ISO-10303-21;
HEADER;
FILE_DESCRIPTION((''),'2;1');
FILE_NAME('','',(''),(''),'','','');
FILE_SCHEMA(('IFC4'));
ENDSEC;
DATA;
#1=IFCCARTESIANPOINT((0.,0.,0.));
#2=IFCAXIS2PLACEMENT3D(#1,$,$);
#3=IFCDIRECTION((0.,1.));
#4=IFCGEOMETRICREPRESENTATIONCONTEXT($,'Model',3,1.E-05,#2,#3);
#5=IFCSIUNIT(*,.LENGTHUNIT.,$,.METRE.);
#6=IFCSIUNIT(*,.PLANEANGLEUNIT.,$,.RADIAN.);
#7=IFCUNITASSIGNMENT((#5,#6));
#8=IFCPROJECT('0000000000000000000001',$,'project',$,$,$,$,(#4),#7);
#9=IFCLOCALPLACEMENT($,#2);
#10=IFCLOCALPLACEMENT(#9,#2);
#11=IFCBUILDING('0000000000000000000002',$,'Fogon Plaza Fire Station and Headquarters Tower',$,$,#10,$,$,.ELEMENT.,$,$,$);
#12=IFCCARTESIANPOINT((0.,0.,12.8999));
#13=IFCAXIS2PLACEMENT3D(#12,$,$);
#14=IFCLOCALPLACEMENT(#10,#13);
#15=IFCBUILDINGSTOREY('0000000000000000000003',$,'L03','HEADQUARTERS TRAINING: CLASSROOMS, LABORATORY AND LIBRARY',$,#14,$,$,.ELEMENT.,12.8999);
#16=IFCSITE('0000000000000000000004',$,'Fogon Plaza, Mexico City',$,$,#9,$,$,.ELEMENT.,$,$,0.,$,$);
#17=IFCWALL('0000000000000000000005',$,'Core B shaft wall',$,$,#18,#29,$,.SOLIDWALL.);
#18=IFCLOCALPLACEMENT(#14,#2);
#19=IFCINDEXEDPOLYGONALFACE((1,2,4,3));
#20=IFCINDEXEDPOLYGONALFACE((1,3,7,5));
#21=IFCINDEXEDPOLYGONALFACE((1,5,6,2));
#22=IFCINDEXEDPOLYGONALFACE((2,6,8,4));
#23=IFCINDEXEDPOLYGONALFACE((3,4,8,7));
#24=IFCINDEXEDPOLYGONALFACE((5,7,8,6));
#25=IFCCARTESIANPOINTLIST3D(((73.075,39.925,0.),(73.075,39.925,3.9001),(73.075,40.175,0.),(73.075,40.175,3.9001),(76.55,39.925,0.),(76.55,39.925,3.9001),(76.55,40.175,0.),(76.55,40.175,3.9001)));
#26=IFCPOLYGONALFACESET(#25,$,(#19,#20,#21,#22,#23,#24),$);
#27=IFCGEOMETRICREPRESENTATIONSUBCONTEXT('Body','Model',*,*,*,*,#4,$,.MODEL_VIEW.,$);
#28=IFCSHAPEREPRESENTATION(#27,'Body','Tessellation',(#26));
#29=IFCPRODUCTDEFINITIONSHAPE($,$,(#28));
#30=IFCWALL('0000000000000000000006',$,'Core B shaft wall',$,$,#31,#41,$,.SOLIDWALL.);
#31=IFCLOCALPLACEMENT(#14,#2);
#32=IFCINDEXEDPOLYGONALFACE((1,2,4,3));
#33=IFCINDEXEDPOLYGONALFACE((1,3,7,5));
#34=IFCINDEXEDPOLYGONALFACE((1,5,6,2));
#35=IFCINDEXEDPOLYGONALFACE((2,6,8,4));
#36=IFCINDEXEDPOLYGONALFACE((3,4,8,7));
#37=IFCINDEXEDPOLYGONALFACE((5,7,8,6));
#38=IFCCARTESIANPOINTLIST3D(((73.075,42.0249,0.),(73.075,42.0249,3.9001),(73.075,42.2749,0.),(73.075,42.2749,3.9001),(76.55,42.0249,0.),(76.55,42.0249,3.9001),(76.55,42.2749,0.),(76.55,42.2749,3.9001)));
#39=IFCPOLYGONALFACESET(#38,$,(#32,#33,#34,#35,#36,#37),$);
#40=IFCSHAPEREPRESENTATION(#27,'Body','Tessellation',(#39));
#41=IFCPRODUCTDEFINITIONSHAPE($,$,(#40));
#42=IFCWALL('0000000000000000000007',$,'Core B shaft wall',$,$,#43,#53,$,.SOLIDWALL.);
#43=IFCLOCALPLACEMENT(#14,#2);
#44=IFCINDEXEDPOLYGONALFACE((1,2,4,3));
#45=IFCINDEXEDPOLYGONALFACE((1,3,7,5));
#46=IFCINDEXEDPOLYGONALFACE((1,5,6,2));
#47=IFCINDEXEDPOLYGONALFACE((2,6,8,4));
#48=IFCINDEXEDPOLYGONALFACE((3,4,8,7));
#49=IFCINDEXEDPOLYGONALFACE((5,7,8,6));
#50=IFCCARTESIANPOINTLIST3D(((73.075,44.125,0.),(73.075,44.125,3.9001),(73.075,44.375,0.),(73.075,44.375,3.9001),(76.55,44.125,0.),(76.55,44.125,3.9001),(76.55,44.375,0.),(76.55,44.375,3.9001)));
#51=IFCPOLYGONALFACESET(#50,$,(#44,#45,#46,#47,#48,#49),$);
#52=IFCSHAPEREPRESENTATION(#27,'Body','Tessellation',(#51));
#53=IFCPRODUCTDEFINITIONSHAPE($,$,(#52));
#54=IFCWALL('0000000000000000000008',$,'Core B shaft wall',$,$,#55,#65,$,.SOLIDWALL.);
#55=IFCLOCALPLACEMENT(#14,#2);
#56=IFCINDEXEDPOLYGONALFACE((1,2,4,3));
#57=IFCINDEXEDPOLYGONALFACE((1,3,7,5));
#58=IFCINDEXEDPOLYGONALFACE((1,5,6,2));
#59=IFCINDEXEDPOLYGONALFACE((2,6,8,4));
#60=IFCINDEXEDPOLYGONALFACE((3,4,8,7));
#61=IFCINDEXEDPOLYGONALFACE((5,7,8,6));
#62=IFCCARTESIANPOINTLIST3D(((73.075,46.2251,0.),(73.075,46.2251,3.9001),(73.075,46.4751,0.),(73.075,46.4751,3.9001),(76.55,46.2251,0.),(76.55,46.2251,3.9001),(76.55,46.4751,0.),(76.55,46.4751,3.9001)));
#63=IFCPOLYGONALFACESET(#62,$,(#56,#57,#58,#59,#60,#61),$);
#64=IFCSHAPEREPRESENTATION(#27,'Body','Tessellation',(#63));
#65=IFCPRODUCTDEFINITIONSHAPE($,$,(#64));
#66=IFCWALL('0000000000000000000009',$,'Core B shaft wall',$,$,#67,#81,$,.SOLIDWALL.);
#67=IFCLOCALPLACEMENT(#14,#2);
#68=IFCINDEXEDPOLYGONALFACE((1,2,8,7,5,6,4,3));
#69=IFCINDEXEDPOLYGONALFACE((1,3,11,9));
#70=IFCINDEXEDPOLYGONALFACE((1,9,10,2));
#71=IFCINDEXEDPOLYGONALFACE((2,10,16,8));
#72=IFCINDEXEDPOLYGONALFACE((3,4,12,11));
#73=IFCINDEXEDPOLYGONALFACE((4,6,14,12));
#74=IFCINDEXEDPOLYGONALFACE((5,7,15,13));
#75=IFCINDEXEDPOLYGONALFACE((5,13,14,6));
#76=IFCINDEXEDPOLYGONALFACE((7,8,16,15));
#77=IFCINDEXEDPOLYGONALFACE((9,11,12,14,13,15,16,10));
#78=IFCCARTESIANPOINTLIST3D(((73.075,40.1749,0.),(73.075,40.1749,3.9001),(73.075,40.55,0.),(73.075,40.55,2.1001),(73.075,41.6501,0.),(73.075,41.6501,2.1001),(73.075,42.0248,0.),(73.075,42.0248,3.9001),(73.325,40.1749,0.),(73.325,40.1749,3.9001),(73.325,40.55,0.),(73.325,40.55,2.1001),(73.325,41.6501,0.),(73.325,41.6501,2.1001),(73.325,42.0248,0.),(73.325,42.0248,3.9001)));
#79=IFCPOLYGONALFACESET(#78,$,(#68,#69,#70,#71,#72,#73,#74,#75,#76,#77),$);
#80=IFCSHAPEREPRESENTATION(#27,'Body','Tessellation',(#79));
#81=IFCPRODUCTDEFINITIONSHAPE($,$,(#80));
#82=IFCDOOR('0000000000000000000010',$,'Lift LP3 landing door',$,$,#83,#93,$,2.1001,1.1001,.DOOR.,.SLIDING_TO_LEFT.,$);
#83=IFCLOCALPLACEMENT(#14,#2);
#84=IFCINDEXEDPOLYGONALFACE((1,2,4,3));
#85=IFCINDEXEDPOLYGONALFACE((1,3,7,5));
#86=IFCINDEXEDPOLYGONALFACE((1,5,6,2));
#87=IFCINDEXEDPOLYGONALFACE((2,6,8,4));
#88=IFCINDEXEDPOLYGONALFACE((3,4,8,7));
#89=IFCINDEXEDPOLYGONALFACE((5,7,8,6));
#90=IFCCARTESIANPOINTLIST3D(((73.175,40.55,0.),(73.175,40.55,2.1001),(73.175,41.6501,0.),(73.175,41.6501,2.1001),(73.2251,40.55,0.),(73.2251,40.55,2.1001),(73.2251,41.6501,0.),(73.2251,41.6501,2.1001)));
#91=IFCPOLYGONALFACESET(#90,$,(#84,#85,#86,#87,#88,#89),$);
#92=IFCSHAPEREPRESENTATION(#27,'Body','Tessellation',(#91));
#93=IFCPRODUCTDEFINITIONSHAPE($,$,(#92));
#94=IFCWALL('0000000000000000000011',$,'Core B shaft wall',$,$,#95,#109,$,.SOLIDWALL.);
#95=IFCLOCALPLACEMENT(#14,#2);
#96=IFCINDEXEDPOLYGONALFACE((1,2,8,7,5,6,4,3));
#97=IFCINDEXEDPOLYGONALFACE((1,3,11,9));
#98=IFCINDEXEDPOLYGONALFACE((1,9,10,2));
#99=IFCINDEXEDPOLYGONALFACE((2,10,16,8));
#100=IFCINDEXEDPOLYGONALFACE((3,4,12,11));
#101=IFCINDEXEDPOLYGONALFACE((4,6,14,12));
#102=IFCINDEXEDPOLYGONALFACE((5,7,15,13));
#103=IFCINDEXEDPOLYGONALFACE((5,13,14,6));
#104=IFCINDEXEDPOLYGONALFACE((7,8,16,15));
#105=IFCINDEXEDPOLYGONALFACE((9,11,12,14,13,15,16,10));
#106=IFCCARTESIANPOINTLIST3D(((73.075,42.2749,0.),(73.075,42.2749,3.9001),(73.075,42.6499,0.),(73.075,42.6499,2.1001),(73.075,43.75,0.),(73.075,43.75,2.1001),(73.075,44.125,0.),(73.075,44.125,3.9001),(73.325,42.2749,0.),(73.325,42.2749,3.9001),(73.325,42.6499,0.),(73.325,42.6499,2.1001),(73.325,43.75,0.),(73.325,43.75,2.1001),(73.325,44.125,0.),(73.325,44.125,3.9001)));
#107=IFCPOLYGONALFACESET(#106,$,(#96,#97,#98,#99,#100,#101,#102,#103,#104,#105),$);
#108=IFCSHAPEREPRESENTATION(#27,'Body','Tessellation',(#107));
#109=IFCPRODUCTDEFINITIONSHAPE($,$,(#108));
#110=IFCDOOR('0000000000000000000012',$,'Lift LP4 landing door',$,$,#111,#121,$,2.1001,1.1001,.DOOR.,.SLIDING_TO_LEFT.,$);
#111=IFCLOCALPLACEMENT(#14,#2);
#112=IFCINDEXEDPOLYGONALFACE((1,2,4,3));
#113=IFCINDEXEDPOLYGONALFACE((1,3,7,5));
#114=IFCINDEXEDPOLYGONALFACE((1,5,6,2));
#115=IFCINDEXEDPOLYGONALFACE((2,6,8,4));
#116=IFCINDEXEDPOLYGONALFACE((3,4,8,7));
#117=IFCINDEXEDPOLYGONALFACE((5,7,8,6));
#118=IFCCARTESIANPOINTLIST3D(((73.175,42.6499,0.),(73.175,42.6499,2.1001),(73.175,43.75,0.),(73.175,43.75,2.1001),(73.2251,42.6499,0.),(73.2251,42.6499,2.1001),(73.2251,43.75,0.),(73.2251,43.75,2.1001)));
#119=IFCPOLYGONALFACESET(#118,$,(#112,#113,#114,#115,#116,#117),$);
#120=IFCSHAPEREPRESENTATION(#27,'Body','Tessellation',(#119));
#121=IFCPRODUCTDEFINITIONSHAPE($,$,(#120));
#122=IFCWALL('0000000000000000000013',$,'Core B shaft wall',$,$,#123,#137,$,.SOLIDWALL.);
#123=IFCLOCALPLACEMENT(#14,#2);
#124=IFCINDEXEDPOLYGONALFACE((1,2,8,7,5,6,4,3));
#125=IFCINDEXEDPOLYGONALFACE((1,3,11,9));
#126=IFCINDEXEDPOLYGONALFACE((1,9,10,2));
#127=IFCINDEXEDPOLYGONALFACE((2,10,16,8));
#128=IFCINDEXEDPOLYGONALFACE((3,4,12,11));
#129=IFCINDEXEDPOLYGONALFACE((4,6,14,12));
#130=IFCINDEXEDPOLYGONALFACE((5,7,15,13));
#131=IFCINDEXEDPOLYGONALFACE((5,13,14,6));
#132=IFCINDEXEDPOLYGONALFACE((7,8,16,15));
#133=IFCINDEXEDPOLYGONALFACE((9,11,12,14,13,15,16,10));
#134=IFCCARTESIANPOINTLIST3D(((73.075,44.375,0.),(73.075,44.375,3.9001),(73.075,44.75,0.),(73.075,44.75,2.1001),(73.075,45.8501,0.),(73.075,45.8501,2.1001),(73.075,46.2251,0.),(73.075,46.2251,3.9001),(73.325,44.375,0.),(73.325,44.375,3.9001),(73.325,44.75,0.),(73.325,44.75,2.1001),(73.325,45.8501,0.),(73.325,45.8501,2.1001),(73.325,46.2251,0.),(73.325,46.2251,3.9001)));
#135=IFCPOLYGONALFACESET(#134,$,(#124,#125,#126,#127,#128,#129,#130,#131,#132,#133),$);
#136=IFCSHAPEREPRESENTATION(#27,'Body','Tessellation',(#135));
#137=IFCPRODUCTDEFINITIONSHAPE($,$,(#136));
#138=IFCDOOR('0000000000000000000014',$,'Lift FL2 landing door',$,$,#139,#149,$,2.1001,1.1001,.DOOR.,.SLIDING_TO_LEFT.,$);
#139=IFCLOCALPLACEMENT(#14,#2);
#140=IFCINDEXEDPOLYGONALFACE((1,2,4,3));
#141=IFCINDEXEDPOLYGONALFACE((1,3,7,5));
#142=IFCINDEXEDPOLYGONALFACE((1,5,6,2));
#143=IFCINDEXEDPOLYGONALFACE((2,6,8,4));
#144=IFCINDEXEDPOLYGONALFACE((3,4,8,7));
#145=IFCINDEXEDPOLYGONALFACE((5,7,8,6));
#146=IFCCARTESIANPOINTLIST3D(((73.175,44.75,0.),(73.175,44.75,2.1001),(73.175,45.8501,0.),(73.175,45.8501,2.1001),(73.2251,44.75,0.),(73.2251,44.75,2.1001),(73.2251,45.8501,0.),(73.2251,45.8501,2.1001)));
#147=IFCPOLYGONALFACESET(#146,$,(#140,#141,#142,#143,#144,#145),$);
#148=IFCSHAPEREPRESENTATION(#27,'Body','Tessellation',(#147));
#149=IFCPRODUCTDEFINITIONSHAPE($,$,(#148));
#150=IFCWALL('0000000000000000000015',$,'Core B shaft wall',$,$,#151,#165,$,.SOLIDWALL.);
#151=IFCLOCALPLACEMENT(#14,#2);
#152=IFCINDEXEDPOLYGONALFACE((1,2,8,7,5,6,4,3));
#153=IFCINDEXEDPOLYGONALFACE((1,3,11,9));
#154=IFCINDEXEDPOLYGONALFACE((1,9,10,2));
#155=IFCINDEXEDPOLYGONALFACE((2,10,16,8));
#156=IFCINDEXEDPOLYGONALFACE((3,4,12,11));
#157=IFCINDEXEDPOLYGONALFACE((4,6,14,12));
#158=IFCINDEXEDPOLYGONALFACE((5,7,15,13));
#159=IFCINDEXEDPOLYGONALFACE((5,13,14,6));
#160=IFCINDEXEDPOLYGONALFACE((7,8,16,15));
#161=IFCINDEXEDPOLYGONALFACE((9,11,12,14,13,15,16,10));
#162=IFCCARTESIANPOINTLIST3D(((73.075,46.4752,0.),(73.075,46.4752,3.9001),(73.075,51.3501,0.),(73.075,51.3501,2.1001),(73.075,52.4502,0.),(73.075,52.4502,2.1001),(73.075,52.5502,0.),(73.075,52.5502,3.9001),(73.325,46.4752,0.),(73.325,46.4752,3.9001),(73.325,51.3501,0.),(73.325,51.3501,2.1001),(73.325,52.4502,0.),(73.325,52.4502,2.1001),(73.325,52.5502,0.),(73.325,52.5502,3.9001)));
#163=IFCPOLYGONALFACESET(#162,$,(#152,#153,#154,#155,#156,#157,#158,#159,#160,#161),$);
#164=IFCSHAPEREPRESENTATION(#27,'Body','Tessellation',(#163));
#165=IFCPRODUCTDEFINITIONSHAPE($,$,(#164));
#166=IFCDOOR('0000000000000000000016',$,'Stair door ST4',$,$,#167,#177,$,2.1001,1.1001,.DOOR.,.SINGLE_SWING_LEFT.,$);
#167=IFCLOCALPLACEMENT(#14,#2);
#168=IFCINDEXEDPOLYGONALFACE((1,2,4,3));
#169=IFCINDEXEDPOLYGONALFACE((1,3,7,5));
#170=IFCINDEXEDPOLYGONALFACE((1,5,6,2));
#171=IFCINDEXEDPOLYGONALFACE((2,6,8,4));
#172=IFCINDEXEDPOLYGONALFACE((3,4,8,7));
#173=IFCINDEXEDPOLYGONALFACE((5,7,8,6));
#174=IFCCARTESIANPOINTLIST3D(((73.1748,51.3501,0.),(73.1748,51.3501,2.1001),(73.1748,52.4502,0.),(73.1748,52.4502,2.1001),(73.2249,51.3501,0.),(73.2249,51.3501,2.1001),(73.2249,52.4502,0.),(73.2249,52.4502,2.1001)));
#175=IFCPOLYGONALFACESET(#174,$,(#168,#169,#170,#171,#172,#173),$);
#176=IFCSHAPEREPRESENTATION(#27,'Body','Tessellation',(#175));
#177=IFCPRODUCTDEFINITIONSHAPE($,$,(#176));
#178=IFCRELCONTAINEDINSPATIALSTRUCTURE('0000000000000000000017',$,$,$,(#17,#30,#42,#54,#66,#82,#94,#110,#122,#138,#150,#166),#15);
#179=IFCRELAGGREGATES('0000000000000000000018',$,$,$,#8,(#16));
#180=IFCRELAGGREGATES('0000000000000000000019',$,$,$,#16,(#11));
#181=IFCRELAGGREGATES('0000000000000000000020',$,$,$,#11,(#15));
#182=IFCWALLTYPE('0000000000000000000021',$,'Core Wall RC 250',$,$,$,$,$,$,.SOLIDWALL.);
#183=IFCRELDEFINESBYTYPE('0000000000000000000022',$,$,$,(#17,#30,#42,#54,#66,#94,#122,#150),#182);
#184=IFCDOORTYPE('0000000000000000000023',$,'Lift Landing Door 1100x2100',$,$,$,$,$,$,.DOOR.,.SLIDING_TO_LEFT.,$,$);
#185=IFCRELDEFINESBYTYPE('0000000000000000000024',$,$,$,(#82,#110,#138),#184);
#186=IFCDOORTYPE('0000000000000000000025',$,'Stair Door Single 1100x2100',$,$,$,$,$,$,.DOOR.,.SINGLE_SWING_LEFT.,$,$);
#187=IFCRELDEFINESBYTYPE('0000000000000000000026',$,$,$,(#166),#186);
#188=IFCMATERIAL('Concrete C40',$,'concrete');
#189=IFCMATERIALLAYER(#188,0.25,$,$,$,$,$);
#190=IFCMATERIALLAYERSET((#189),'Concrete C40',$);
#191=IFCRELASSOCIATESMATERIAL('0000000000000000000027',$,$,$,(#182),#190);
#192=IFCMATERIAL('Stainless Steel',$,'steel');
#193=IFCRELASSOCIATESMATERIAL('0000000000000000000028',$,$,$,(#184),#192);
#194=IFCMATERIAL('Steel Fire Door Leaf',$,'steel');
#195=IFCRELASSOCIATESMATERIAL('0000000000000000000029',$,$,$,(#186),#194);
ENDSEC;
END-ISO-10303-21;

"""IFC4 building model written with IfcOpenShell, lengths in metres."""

from ifc_helpers import new_model, si_unit, direction, frame, frame_2d, origin, place, context, subcontext, project, spatial, rectangle, extrude, material, layer, layer_set, type_object, element, fill, save


model = new_model("IFC4")

# Units and contexts
model_context = context("Model", 3, precision=1e-05, world=origin(), true_north=direction((0.0, 1.0)))
body_context = subcontext(model_context, "Body", "Model", "MODEL_VIEW")
ifc_project = project(units=[si_unit("LENGTHUNIT", "METRE"), si_unit("PLANEANGLEUNIT", "RADIAN")], contexts=[model_context])

# Site, building, storey
site_placement = place(None, origin())
site = spatial("IfcSite", under=ifc_project, at=site_placement, Name="Fogon Plaza, Mexico City", CompositionType="ELEMENT", RefElevation=0.0)
building_placement = place(site_placement, origin())
building = spatial("IfcBuilding", under=site, at=building_placement, Name="Fogon Plaza Fire Station and Headquarters Tower", CompositionType="ELEMENT")
storey_placement = place(building_placement, frame((0.0, 0.0, 12.8999)))
storey = spatial("IfcBuildingStorey", under=building, at=storey_placement, Name="L03", Description="HEADQUARTERS TRAINING: CLASSROOMS, LABORATORY AND LIBRARY", CompositionType="ELEMENT", Elevation=12.8999)

# Walls
ifc_material_1 = material(Name="Concrete C40", Category="concrete")
ifc_layer_1 = layer(ifc_material_1, 0.25)
ifc_layer_set_1 = layer_set([ifc_layer_1], Name="Concrete C40")
wall_type_1 = type_object("IfcWallType", Name="Core Wall RC 250", PredefinedType="SOLIDWALL", material=ifc_layer_set_1)
for number, where, z_axis, x_axis, name in (
    (1, (76.55, 40.05, 0.0), (0.0, 0.0, 1.0), (-1.0, 0.0, 0.0), "Core B shaft wall"),
    (2, (76.55, 42.1499, 0.0), (0.0, 0.0, 1.0), (-1.0, 0.0, 0.0), "Core B shaft wall"),
    (3, (76.55, 44.25, 0.0), (0.0, 0.0, 1.0), (-1.0, 0.0, 0.0), "Core B shaft wall"),
    (4, (76.55, 46.3501, 0.0), (0.0, 0.0, 1.0), (-1.0, 0.0, 0.0), "Core B shaft wall"),
):
    element("IfcWall", number, at=place(storey_placement, frame(where, z_axis=z_axis, x_axis=x_axis)), inside=storey, type_object=wall_type_1, Name=name, PredefinedType="SOLIDWALL", context=body_context, shape_type="SweptSolid", body=[
        extrude(rectangle(XDim=3.4751, YDim=0.25, at=frame_2d((1.7375, 0.0))), origin(), (0.0, 0.0, 1.0), 3.9001),
    ])

# Walls, openings, doors
wall_1_placement = place(storey_placement, frame((73.2, 40.175, 0.0), z_axis=(0.0, 0.0, 1.0), x_axis=(0.0, 1.0, 0.0)))
wall_1 = element("IfcWall", 5, at=wall_1_placement, inside=storey, type_object=wall_type_1, Name="Core B shaft wall", PredefinedType="SOLIDWALL", context=body_context, shape_type="SweptSolid", body=[
    extrude(rectangle(XDim=1.8499, YDim=0.25, at=frame_2d((0.9248, 0.0))), origin(), (0.0, 0.0, 1.0), 3.9001),
])
opening_1_placement = place(wall_1_placement, frame((0.375, 0.0, 0.0)))
opening_1 = element("IfcOpeningElement", 6, at=opening_1_placement, cuts=wall_1, PredefinedType="OPENING", context=body_context, shape_type="SweptSolid", body=[
    extrude(rectangle(XDim=1.1001, YDim=2.1001, at=frame_2d((0.55, 1.05))), frame((0.0, 0.135, 0.0), z_axis=(0.0, -1.0, 0.0), x_axis=(1.0, 0.0, 0.0)), (0.0, 0.0, 1.0), 0.27),
])
ifc_material_2 = material(Name="Stainless Steel", Category="steel")
door_type_1 = type_object("IfcDoorType", Name="Lift Landing Door 1100x2100", OperationType="SLIDING_TO_LEFT", PredefinedType="DOOR", material=ifc_material_2)
door_1_placement = place(opening_1_placement, origin())
door_1 = element("IfcDoor", 7, at=door_1_placement, inside=storey, type_object=door_type_1, Name="Lift LP3 landing door", OperationType="SLIDING_TO_LEFT", OverallHeight=2.1001, OverallWidth=1.1001, PredefinedType="DOOR", context=body_context, shape_type="SweptSolid", body=[
    extrude(rectangle(XDim=1.1001, YDim=2.1001, at=frame_2d((0.55, 1.05))), frame((0.0, 0.0249, 0.0), z_axis=(0.0, -1.0, 0.0), x_axis=(1.0, 0.0, 0.0)), (0.0, 0.0, 1.0), 0.05),
])
fill(opening_1, door_1)
wall_2_placement = place(storey_placement, frame((73.2, 42.2749, 0.0), z_axis=(0.0, 0.0, 1.0), x_axis=(0.0, 1.0, 0.0)))
wall_2 = element("IfcWall", 8, at=wall_2_placement, inside=storey, type_object=wall_type_1, Name="Core B shaft wall", PredefinedType="SOLIDWALL", context=body_context, shape_type="SweptSolid", body=[
    extrude(rectangle(XDim=1.8501, YDim=0.25, at=frame_2d((0.925, 0.0))), origin(), (0.0, 0.0, 1.0), 3.9001),
])
opening_2_placement = place(wall_2_placement, frame((0.375, 0.0, 0.0)))
opening_2 = element("IfcOpeningElement", 9, at=opening_2_placement, cuts=wall_2, PredefinedType="OPENING", context=body_context, shape_type="SweptSolid", body=[
    extrude(rectangle(XDim=1.1001, YDim=2.1001, at=frame_2d((0.55, 1.05))), frame((0.0, 0.135, 0.0), z_axis=(0.0, -1.0, 0.0), x_axis=(1.0, 0.0, 0.0)), (0.0, 0.0, 1.0), 0.27),
])
door_2_placement = place(opening_2_placement, origin())
door_2 = element("IfcDoor", 10, at=door_2_placement, inside=storey, type_object=door_type_1, Name="Lift LP4 landing door", OperationType="SLIDING_TO_LEFT", OverallHeight=2.1001, OverallWidth=1.1001, PredefinedType="DOOR", context=body_context, shape_type="SweptSolid", body=[
    extrude(rectangle(XDim=1.1001, YDim=2.1001, at=frame_2d((0.55, 1.05))), frame((0.0, 0.0249, 0.0), z_axis=(0.0, -1.0, 0.0), x_axis=(1.0, 0.0, 0.0)), (0.0, 0.0, 1.0), 0.05),
])
fill(opening_2, door_2)
wall_3_placement = place(storey_placement, frame((73.2, 44.375, 0.0), z_axis=(0.0, 0.0, 1.0), x_axis=(0.0, 1.0, 0.0)))
wall_3 = element("IfcWall", 11, at=wall_3_placement, inside=storey, type_object=wall_type_1, Name="Core B shaft wall", PredefinedType="SOLIDWALL", context=body_context, shape_type="SweptSolid", body=[
    extrude(rectangle(XDim=1.8501, YDim=0.25, at=frame_2d((0.925, 0.0))), origin(), (0.0, 0.0, 1.0), 3.9001),
])
opening_3_placement = place(wall_3_placement, frame((0.375, 0.0, 0.0)))
opening_3 = element("IfcOpeningElement", 12, at=opening_3_placement, cuts=wall_3, PredefinedType="OPENING", context=body_context, shape_type="SweptSolid", body=[
    extrude(rectangle(XDim=1.1001, YDim=2.1001, at=frame_2d((0.55, 1.05))), frame((0.0, 0.135, 0.0), z_axis=(0.0, -1.0, 0.0), x_axis=(1.0, 0.0, 0.0)), (0.0, 0.0, 1.0), 0.27),
])
door_3_placement = place(opening_3_placement, origin())
door_3 = element("IfcDoor", 13, at=door_3_placement, inside=storey, type_object=door_type_1, Name="Lift FL2 landing door", OperationType="SLIDING_TO_LEFT", OverallHeight=2.1001, OverallWidth=1.1001, PredefinedType="DOOR", context=body_context, shape_type="SweptSolid", body=[
    extrude(rectangle(XDim=1.1001, YDim=2.1001, at=frame_2d((0.55, 1.05))), frame((0.0, 0.0249, 0.0), z_axis=(0.0, -1.0, 0.0), x_axis=(1.0, 0.0, 0.0)), (0.0, 0.0, 1.0), 0.05),
])
fill(opening_3, door_3)
wall_4_placement = place(storey_placement, frame((73.2, 46.4751, 0.0), z_axis=(0.0, 0.0, 1.0), x_axis=(0.0, 1.0, 0.0)))
wall_4 = element("IfcWall", 14, at=wall_4_placement, inside=storey, type_object=wall_type_1, Name="Core B shaft wall", PredefinedType="SOLIDWALL", context=body_context, shape_type="SweptSolid", body=[
    extrude(rectangle(XDim=6.075, YDim=0.25, at=frame_2d((3.0376, 0.0))), origin(), (0.0, 0.0, 1.0), 3.9001),
])
opening_4_placement = place(wall_4_placement, frame((4.875, 0.0, 0.0)))
opening_4 = element("IfcOpeningElement", 15, at=opening_4_placement, cuts=wall_4, PredefinedType="OPENING", context=body_context, shape_type="SweptSolid", body=[
    extrude(rectangle(XDim=1.1001, YDim=2.1001, at=frame_2d((0.55, 1.05))), frame((0.0, 0.135, 0.0), z_axis=(0.0, -1.0, 0.0), x_axis=(1.0, 0.0, 0.0)), (0.0, 0.0, 1.0), 0.27),
])
ifc_material_3 = material(Name="Steel Fire Door Leaf", Category="steel")
door_type_2 = type_object("IfcDoorType", Name="Stair Door Single 1100x2100", OperationType="SINGLE_SWING_LEFT", PredefinedType="DOOR", material=ifc_material_3)
door_4_placement = place(opening_4_placement, frame((1.1001, 0.0, 0.0), z_axis=(0.0, 0.0, 1.0), x_axis=(-1.0, 0.0, 0.0)))
door_4 = element("IfcDoor", 16, at=door_4_placement, inside=storey, type_object=door_type_2, Name="Stair door ST4", OperationType="SINGLE_SWING_LEFT", OverallHeight=2.1001, OverallWidth=1.1001, PredefinedType="DOOR", context=body_context, shape_type="SweptSolid", body=[
    extrude(rectangle(XDim=1.1001, YDim=2.1001, at=frame_2d((0.55, 1.05))), frame((0.0, 0.0249, 0.0), z_axis=(0.0, -1.0, 0.0), x_axis=(1.0, 0.0, 0.0)), (0.0, 0.0, 1.0), 0.05),
])
fill(opening_4, door_4)

save(model, "model.ifc")
